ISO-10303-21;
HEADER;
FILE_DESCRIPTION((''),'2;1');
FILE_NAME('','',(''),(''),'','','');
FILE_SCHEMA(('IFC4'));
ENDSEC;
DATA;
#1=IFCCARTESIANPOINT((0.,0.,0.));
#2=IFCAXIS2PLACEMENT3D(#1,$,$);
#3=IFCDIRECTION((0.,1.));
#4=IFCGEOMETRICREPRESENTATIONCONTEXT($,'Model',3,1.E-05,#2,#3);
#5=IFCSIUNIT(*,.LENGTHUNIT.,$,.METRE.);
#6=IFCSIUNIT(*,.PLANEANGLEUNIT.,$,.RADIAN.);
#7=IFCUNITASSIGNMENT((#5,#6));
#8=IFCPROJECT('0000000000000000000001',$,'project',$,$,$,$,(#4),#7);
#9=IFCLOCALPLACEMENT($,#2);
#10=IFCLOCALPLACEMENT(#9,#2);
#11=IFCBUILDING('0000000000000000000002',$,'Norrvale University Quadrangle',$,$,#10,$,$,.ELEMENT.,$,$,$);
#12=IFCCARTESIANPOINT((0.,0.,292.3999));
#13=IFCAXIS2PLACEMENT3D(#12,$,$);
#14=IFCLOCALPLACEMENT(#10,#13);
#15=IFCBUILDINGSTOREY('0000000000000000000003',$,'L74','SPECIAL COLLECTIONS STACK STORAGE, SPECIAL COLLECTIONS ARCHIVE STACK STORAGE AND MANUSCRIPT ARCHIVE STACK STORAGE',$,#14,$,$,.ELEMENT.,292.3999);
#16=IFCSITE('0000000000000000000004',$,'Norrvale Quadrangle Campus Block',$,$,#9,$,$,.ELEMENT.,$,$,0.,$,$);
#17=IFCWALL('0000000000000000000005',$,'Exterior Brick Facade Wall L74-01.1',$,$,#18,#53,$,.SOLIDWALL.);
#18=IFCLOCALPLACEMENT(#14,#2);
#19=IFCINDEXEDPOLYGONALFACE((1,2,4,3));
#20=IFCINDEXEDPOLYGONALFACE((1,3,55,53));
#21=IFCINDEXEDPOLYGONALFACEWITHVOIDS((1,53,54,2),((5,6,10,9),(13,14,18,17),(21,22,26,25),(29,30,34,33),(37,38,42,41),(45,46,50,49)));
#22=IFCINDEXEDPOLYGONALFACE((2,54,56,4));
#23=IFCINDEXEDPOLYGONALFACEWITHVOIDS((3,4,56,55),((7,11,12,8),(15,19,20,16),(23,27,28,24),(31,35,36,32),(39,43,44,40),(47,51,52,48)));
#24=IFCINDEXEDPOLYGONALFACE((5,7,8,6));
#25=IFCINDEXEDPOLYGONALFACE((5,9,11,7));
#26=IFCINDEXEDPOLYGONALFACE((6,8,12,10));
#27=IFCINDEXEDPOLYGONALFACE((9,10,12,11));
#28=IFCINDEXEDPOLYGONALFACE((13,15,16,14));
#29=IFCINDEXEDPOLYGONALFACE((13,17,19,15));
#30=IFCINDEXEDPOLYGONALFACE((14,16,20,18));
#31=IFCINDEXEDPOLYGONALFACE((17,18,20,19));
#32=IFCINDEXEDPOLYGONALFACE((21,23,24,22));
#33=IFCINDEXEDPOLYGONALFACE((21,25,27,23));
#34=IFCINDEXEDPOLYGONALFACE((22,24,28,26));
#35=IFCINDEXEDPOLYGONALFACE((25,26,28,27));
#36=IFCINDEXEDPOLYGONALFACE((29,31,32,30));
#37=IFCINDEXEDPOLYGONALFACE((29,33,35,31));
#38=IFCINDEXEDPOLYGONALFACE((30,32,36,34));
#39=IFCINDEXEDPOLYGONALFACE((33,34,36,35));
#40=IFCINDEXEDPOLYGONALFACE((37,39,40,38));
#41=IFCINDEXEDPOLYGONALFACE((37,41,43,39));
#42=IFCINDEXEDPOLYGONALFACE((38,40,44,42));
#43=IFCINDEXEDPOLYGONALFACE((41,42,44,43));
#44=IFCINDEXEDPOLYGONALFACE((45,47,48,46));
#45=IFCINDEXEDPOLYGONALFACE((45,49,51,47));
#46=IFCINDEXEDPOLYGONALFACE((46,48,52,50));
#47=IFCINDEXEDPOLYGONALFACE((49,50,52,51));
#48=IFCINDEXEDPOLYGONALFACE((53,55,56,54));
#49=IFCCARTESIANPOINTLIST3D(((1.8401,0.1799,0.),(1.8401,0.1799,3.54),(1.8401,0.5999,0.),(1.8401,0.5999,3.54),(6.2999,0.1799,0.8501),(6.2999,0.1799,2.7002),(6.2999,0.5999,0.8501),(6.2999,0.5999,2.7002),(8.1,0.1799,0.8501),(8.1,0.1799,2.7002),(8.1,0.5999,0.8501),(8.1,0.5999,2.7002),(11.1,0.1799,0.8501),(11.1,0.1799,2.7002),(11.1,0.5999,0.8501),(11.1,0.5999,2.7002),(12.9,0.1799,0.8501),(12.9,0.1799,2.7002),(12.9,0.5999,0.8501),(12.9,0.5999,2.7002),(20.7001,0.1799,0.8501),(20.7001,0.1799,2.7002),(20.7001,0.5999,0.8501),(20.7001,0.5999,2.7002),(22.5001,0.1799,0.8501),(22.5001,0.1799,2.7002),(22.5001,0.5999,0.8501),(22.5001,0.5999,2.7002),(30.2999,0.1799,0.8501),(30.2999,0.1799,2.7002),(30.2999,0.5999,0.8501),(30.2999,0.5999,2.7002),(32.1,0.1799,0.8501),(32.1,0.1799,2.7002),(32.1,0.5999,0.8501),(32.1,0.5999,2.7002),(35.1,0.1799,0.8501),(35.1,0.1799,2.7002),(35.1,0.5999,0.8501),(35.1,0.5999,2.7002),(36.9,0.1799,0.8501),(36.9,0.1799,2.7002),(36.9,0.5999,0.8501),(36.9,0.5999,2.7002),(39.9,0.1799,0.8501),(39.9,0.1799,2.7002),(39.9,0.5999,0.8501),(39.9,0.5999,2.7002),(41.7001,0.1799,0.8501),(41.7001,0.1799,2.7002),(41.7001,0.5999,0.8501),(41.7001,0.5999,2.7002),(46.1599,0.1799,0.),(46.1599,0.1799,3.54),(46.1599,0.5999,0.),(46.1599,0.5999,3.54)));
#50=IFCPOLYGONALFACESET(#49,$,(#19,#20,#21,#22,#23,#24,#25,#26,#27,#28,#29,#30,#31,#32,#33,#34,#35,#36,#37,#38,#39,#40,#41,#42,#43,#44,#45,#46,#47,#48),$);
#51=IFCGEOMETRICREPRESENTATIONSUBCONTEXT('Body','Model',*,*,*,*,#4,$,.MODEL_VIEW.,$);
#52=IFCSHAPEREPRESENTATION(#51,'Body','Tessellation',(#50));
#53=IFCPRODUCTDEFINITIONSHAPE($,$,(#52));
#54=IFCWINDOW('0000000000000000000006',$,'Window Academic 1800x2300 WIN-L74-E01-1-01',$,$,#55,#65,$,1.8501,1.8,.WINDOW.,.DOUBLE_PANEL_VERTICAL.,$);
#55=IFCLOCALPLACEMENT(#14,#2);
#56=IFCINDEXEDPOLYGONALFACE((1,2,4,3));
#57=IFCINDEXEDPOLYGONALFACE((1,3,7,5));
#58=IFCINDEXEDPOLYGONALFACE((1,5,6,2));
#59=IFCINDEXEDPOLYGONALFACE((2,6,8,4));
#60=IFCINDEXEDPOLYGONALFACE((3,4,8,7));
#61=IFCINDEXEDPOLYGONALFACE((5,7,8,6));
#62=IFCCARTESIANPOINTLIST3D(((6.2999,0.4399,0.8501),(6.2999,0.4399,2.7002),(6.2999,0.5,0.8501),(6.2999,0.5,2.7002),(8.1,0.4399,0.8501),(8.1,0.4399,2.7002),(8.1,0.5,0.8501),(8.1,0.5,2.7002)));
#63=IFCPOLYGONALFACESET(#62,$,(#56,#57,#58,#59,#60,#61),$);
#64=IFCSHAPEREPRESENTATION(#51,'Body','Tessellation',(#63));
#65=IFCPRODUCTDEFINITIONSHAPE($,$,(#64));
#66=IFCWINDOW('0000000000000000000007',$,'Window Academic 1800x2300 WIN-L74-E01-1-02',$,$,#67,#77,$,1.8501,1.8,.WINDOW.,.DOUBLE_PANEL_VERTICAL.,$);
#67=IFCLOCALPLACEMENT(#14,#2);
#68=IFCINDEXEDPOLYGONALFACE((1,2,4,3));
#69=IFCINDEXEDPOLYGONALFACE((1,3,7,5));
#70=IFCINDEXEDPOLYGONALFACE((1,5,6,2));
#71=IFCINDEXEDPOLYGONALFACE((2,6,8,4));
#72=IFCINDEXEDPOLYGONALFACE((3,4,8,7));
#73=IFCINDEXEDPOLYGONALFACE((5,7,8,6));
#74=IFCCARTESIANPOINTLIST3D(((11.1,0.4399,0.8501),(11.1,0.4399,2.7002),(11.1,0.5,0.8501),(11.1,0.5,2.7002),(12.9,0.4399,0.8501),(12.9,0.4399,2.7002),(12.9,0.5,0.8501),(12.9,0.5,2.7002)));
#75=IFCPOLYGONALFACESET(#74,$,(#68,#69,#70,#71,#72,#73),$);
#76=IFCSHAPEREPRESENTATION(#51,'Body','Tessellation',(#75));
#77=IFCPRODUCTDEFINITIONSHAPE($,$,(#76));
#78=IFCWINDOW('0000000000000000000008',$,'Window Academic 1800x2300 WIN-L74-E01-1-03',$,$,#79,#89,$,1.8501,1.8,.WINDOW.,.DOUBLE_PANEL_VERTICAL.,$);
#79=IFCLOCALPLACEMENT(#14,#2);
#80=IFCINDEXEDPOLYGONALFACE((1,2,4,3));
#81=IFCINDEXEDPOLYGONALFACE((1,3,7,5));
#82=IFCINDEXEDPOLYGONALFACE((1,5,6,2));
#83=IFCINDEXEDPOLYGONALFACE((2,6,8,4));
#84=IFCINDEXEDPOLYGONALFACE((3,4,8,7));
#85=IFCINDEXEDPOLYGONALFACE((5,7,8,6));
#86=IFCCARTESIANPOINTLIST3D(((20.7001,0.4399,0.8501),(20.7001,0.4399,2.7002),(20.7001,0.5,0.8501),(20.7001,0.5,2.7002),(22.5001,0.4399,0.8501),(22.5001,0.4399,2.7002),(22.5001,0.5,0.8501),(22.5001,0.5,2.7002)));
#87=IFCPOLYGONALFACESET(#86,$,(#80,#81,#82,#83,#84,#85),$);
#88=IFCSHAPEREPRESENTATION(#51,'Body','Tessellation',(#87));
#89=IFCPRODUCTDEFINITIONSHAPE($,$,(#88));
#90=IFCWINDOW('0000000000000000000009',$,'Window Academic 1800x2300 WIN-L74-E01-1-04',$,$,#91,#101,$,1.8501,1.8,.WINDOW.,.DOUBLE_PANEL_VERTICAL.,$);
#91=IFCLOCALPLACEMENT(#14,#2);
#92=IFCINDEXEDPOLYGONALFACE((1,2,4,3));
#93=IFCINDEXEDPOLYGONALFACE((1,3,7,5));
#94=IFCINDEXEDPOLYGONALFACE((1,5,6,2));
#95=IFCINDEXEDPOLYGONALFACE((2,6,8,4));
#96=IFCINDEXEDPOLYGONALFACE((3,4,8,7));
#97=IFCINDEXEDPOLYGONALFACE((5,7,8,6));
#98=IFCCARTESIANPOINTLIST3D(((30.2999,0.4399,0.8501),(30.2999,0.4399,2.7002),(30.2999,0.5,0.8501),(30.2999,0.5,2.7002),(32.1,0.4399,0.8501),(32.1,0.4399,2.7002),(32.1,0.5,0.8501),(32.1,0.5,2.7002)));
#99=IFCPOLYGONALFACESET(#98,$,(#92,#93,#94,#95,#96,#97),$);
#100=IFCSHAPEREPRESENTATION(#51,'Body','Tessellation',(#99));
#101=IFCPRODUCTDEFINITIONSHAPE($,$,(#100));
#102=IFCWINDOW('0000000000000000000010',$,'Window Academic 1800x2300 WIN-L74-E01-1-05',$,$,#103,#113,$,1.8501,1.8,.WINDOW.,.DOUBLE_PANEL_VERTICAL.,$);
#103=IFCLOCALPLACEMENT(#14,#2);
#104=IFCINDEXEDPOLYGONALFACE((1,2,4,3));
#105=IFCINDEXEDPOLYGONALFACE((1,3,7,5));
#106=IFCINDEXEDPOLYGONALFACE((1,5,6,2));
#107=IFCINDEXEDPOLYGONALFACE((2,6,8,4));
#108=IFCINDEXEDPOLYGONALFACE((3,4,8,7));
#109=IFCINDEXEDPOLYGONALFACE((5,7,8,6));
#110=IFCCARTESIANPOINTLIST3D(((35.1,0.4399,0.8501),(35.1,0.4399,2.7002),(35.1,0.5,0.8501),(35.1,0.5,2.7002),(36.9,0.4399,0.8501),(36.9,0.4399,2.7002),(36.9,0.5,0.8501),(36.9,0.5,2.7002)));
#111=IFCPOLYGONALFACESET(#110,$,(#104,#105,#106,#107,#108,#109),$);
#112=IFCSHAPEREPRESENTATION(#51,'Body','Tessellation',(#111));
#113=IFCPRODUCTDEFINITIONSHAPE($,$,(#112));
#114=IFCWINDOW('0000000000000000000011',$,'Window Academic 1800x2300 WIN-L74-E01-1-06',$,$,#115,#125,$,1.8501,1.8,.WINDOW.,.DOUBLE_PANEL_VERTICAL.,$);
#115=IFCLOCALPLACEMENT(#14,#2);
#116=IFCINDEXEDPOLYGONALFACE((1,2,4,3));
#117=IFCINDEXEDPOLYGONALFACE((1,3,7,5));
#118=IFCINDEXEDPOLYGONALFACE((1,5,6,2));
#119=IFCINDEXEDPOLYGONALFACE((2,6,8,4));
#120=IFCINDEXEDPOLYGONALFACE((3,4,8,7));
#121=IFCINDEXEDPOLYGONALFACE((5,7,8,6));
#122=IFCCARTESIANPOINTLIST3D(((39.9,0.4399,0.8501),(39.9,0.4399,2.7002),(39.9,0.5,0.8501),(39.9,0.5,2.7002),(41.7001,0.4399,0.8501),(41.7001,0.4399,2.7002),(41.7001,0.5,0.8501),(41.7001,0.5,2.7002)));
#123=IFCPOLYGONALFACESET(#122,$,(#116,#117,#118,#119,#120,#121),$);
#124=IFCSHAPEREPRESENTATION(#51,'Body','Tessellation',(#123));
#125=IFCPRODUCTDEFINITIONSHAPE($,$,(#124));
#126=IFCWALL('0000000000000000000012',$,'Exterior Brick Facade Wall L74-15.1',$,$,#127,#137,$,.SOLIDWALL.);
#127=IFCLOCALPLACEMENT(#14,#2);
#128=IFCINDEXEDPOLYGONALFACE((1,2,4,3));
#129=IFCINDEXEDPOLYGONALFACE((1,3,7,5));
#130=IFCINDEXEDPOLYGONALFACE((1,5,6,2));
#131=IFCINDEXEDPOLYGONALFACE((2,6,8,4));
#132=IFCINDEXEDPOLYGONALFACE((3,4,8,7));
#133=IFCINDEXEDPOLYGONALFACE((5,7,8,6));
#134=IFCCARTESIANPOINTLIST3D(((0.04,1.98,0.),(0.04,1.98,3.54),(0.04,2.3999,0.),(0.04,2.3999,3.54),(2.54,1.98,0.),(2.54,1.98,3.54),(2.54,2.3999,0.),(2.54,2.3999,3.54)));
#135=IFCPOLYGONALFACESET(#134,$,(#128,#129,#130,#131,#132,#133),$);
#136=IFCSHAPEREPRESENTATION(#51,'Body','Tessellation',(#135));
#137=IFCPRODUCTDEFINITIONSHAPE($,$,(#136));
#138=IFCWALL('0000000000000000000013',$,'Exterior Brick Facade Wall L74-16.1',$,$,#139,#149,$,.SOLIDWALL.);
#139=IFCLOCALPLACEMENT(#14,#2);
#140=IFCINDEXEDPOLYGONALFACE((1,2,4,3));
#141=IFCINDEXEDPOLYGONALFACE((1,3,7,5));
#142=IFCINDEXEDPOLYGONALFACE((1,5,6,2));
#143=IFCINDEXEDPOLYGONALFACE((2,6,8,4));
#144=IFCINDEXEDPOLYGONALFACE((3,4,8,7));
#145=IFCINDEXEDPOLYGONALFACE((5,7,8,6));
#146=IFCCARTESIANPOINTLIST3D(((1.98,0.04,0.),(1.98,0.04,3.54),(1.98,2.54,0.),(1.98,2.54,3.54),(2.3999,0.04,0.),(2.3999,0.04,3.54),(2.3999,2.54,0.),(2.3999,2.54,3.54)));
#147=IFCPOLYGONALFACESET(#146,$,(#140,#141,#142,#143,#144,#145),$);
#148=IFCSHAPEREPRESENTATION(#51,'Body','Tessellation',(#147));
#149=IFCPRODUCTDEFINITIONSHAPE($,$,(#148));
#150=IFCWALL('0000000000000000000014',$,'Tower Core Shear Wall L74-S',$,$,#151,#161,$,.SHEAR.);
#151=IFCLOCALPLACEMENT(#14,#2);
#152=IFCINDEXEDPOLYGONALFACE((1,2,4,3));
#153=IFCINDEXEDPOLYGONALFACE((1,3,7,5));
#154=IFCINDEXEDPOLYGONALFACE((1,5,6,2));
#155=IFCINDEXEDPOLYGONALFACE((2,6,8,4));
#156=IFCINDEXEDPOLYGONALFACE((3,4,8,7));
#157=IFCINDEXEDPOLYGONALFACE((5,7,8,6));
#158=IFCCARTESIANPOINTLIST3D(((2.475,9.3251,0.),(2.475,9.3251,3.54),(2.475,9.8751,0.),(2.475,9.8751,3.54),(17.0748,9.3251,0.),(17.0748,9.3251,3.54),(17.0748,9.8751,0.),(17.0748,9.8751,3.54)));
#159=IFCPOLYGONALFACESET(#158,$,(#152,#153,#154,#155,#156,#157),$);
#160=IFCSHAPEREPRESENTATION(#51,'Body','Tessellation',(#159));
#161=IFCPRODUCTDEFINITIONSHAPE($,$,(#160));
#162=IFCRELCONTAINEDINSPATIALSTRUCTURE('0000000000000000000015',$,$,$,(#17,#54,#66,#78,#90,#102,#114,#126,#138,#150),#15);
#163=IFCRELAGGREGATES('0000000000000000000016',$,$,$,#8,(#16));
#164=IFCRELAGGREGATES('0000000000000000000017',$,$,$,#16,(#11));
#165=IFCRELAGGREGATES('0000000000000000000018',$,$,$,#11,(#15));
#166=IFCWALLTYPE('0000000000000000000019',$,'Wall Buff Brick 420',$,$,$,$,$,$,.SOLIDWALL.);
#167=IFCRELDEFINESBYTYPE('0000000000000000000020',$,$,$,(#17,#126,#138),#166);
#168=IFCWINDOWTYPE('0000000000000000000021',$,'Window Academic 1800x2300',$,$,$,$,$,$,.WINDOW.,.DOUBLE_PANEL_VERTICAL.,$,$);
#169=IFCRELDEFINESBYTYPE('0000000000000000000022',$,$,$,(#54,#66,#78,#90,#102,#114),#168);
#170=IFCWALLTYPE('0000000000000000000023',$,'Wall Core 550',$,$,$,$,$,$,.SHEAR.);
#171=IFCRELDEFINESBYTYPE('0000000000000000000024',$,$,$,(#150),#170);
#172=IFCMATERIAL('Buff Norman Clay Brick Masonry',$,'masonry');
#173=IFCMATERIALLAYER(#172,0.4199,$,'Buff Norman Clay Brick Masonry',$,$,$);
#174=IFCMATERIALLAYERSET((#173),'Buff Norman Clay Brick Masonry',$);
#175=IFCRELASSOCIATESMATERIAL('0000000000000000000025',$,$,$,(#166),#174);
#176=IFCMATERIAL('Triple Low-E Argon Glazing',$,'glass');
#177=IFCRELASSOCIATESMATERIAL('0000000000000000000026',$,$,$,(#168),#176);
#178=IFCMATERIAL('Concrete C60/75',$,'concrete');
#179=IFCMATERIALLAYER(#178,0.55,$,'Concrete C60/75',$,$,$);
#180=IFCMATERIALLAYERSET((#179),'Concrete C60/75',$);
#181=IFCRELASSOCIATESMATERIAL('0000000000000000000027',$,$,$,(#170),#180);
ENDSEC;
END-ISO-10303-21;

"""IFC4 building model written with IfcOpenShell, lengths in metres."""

from ifc_helpers import new_model, si_unit, direction, frame, frame_2d, origin, place, context, subcontext, project, spatial, rectangle, extrude, material, layer, layer_set, type_object, element, fill, save


model = new_model("IFC4")

# Units and contexts
model_context = context("Model", 3, precision=1e-05, world=origin(), true_north=direction((0.0, 1.0)))
body_context = subcontext(model_context, "Body", "Model", "MODEL_VIEW")
ifc_project = project(units=[si_unit("LENGTHUNIT", "METRE"), si_unit("PLANEANGLEUNIT", "RADIAN")], contexts=[model_context])

# Site, building, storey
site_placement = place(None, origin())
site = spatial("IfcSite", under=ifc_project, at=site_placement, Name="Norrvale Quadrangle Campus Block", CompositionType="ELEMENT", RefElevation=0.0)
building_placement = place(site_placement, origin())
building = spatial("IfcBuilding", under=site, at=building_placement, Name="Norrvale University Quadrangle", CompositionType="ELEMENT")
storey_placement = place(building_placement, frame((0.0, 0.0, 292.3999)))
storey = spatial("IfcBuildingStorey", under=building, at=storey_placement, Name="L74", Description="SPECIAL COLLECTIONS STACK STORAGE, SPECIAL COLLECTIONS ARCHIVE STACK STORAGE AND MANUSCRIPT ARCHIVE STACK STORAGE", CompositionType="ELEMENT", Elevation=292.3999)

# Shared definitions
ifc_material_1 = material(Name="Concrete C60/75", Category="concrete")

# Wall, openings, windows
ifc_material_2 = material(Name="Buff Norman Clay Brick Masonry", Category="masonry")
ifc_layer_1 = layer(ifc_material_2, 0.4199, Name="Buff Norman Clay Brick Masonry")
ifc_layer_set_1 = layer_set([ifc_layer_1], Name="Buff Norman Clay Brick Masonry")
wall_type_1 = type_object("IfcWallType", Name="Wall Buff Brick 420", PredefinedType="SOLIDWALL", material=ifc_layer_set_1)
wall_1_placement = place(storey_placement, frame((1.8401, 0.3899, 0.0), z_axis=(0.0, 0.0, 1.0), x_axis=(1.0, 0.0, 0.0)))
wall_1 = element("IfcWall", 1, at=wall_1_placement, inside=storey, type_object=wall_type_1, Name="Exterior Brick Facade Wall L74-01.1", PredefinedType="SOLIDWALL", context=body_context, shape_type="SweptSolid", body=[
    extrude(rectangle(XDim=44.3198, YDim=0.4199, at=frame_2d((22.1599, 0.0))), origin(), (0.0, 0.0, 1.0), 3.54),
])
opening_1_placement = place(wall_1_placement, frame((4.46, 0.0, 0.8501)))
opening_1 = element("IfcOpeningElement", 2, at=opening_1_placement, cuts=wall_1, PredefinedType="OPENING", context=body_context, shape_type="SweptSolid", body=[
    extrude(rectangle(XDim=1.8, YDim=1.8501, at=frame_2d((0.8999, 0.925))), frame((0.0, 0.2219, 0.0), z_axis=(0.0, -1.0, 0.0), x_axis=(1.0, 0.0, 0.0)), (0.0, 0.0, 1.0), 0.4438),
])
opening_2_placement = place(wall_1_placement, frame((9.26, 0.0, 0.8501)))
opening_2 = element("IfcOpeningElement", 3, at=opening_2_placement, cuts=wall_1, PredefinedType="OPENING", context=body_context, shape_type="SweptSolid", body=[
    extrude(rectangle(XDim=1.8, YDim=1.8501, at=frame_2d((0.8999, 0.925))), frame((0.0, 0.2219, 0.0), z_axis=(0.0, -1.0, 0.0), x_axis=(1.0, 0.0, 0.0)), (0.0, 0.0, 1.0), 0.4438),
])
opening_3_placement = place(wall_1_placement, frame((18.8601, 0.0, 0.8501)))
opening_3 = element("IfcOpeningElement", 4, at=opening_3_placement, cuts=wall_1, PredefinedType="OPENING", context=body_context, shape_type="SweptSolid", body=[
    extrude(rectangle(XDim=1.8, YDim=1.8501, at=frame_2d((0.8999, 0.925))), frame((0.0, 0.2219, 0.0), z_axis=(0.0, -1.0, 0.0), x_axis=(1.0, 0.0, 0.0)), (0.0, 0.0, 1.0), 0.4438),
])
opening_4_placement = place(wall_1_placement, frame((28.46, 0.0, 0.8501)))
opening_4 = element("IfcOpeningElement", 5, at=opening_4_placement, cuts=wall_1, PredefinedType="OPENING", context=body_context, shape_type="SweptSolid", body=[
    extrude(rectangle(XDim=1.8, YDim=1.8501, at=frame_2d((0.8999, 0.925))), frame((0.0, 0.2219, 0.0), z_axis=(0.0, -1.0, 0.0), x_axis=(1.0, 0.0, 0.0)), (0.0, 0.0, 1.0), 0.4438),
])
opening_5_placement = place(wall_1_placement, frame((33.26, 0.0, 0.8501)))
opening_5 = element("IfcOpeningElement", 6, at=opening_5_placement, cuts=wall_1, PredefinedType="OPENING", context=body_context, shape_type="SweptSolid", body=[
    extrude(rectangle(XDim=1.8, YDim=1.8501, at=frame_2d((0.8999, 0.925))), frame((0.0, 0.2219, 0.0), z_axis=(0.0, -1.0, 0.0), x_axis=(1.0, 0.0, 0.0)), (0.0, 0.0, 1.0), 0.4438),
])
opening_6_placement = place(wall_1_placement, frame((38.0601, 0.0, 0.8501)))
opening_6 = element("IfcOpeningElement", 7, at=opening_6_placement, cuts=wall_1, PredefinedType="OPENING", context=body_context, shape_type="SweptSolid", body=[
    extrude(rectangle(XDim=1.8, YDim=1.8501, at=frame_2d((0.8999, 0.925))), frame((0.0, 0.2219, 0.0), z_axis=(0.0, -1.0, 0.0), x_axis=(1.0, 0.0, 0.0)), (0.0, 0.0, 1.0), 0.4438),
])
ifc_material_3 = material(Name="Triple Low-E Argon Glazing", Category="glass")
window_type = type_object("IfcWindowType", Name="Window Academic 1800x2300", PartitioningType="DOUBLE_PANEL_VERTICAL", PredefinedType="WINDOW", material=ifc_material_3)
window_1_placement = place(opening_1_placement, origin())
window_1 = element("IfcWindow", 8, at=window_1_placement, inside=storey, type_object=window_type, Name="Window Academic 1800x2300 WIN-L74-E01-1-01", OverallHeight=1.8501, OverallWidth=1.8, PartitioningType="DOUBLE_PANEL_VERTICAL", PredefinedType="WINDOW", context=body_context, shape_type="SweptSolid", body=[
    extrude(rectangle(XDim=1.8, YDim=1.8501, at=frame_2d((0.8999, 0.925))), frame((0.0, 0.1101, 0.0), z_axis=(0.0, -1.0, 0.0), x_axis=(1.0, 0.0, 0.0)), (0.0, 0.0, 1.0), 0.0601),
])
fill(opening_1, window_1)
window_2_placement = place(opening_2_placement, origin())
window_2 = element("IfcWindow", 9, at=window_2_placement, inside=storey, type_object=window_type, Name="Window Academic 1800x2300 WIN-L74-E01-1-02", OverallHeight=1.8501, OverallWidth=1.8, PartitioningType="DOUBLE_PANEL_VERTICAL", PredefinedType="WINDOW", context=body_context, shape_type="SweptSolid", body=[
    extrude(rectangle(XDim=1.8, YDim=1.8501, at=frame_2d((0.8999, 0.925))), frame((0.0, 0.1101, 0.0), z_axis=(0.0, -1.0, 0.0), x_axis=(1.0, 0.0, 0.0)), (0.0, 0.0, 1.0), 0.0601),
])
fill(opening_2, window_2)
window_3_placement = place(opening_3_placement, origin())
window_3 = element("IfcWindow", 10, at=window_3_placement, inside=storey, type_object=window_type, Name="Window Academic 1800x2300 WIN-L74-E01-1-03", OverallHeight=1.8501, OverallWidth=1.8, PartitioningType="DOUBLE_PANEL_VERTICAL", PredefinedType="WINDOW", context=body_context, shape_type="SweptSolid", body=[
    extrude(rectangle(XDim=1.8, YDim=1.8501, at=frame_2d((0.8999, 0.925))), frame((0.0, 0.1101, 0.0), z_axis=(0.0, -1.0, 0.0), x_axis=(1.0, 0.0, 0.0)), (0.0, 0.0, 1.0), 0.0601),
])
fill(opening_3, window_3)
window_4_placement = place(opening_4_placement, origin())
window_4 = element("IfcWindow", 11, at=window_4_placement, inside=storey, type_object=window_type, Name="Window Academic 1800x2300 WIN-L74-E01-1-04", OverallHeight=1.8501, OverallWidth=1.8, PartitioningType="DOUBLE_PANEL_VERTICAL", PredefinedType="WINDOW", context=body_context, shape_type="SweptSolid", body=[
    extrude(rectangle(XDim=1.8, YDim=1.8501, at=frame_2d((0.8999, 0.925))), frame((0.0, 0.1101, 0.0), z_axis=(0.0, -1.0, 0.0), x_axis=(1.0, 0.0, 0.0)), (0.0, 0.0, 1.0), 0.0601),
])
fill(opening_4, window_4)
window_5_placement = place(opening_5_placement, origin())
window_5 = element("IfcWindow", 12, at=window_5_placement, inside=storey, type_object=window_type, Name="Window Academic 1800x2300 WIN-L74-E01-1-05", OverallHeight=1.8501, OverallWidth=1.8, PartitioningType="DOUBLE_PANEL_VERTICAL", PredefinedType="WINDOW", context=body_context, shape_type="SweptSolid", body=[
    extrude(rectangle(XDim=1.8, YDim=1.8501, at=frame_2d((0.8999, 0.925))), frame((0.0, 0.1101, 0.0), z_axis=(0.0, -1.0, 0.0), x_axis=(1.0, 0.0, 0.0)), (0.0, 0.0, 1.0), 0.0601),
])
fill(opening_5, window_5)
window_6_placement = place(opening_6_placement, origin())
window_6 = element("IfcWindow", 13, at=window_6_placement, inside=storey, type_object=window_type, Name="Window Academic 1800x2300 WIN-L74-E01-1-06", OverallHeight=1.8501, OverallWidth=1.8, PartitioningType="DOUBLE_PANEL_VERTICAL", PredefinedType="WINDOW", context=body_context, shape_type="SweptSolid", body=[
    extrude(rectangle(XDim=1.8, YDim=1.8501, at=frame_2d((0.8999, 0.925))), frame((0.0, 0.1101, 0.0), z_axis=(0.0, -1.0, 0.0), x_axis=(1.0, 0.0, 0.0)), (0.0, 0.0, 1.0), 0.0601),
])
fill(opening_6, window_6)

# Walls
for number, where, z_axis, x_axis, name in (
    (14, (0.04, 2.1899, 0.0), (0.0, 0.0, 1.0), (1.0, 0.0, 0.0), "Exterior Brick Facade Wall L74-15.1"),
    (15, (2.1899, 2.54, 0.0), (0.0, 0.0, 1.0), (0.0, -1.0, 0.0), "Exterior Brick Facade Wall L74-16.1"),
):
    element("IfcWall", number, at=place(storey_placement, frame(where, z_axis=z_axis, x_axis=x_axis)), inside=storey, type_object=wall_type_1, Name=name, PredefinedType="SOLIDWALL", context=body_context, shape_type="SweptSolid", body=[
        extrude(rectangle(XDim=2.5, YDim=0.4199, at=frame_2d((1.25, 0.0))), origin(), (0.0, 0.0, 1.0), 3.54),
    ])
ifc_layer_2 = layer(ifc_material_1, 0.55, Name="Concrete C60/75")
ifc_layer_set_2 = layer_set([ifc_layer_2], Name="Concrete C60/75")
wall_type_2 = type_object("IfcWallType", Name="Wall Core 550", PredefinedType="SHEAR", material=ifc_layer_set_2)
wall_2_placement = place(storey_placement, frame((2.4751, 9.6001, 0.0), z_axis=(0.0, 0.0, 1.0), x_axis=(1.0, 0.0, 0.0)))
element("IfcWall", 16, at=wall_2_placement, inside=storey, type_object=wall_type_2, Name="Tower Core Shear Wall L74-S", PredefinedType="SHEAR", context=body_context, shape_type="SweptSolid", body=[
    extrude(rectangle(XDim=14.5999, YDim=0.55, at=frame_2d((7.2998, 0.0))), origin(), (0.0, 0.0, 1.0), 3.54),
])

save(model, "model.ifc")
